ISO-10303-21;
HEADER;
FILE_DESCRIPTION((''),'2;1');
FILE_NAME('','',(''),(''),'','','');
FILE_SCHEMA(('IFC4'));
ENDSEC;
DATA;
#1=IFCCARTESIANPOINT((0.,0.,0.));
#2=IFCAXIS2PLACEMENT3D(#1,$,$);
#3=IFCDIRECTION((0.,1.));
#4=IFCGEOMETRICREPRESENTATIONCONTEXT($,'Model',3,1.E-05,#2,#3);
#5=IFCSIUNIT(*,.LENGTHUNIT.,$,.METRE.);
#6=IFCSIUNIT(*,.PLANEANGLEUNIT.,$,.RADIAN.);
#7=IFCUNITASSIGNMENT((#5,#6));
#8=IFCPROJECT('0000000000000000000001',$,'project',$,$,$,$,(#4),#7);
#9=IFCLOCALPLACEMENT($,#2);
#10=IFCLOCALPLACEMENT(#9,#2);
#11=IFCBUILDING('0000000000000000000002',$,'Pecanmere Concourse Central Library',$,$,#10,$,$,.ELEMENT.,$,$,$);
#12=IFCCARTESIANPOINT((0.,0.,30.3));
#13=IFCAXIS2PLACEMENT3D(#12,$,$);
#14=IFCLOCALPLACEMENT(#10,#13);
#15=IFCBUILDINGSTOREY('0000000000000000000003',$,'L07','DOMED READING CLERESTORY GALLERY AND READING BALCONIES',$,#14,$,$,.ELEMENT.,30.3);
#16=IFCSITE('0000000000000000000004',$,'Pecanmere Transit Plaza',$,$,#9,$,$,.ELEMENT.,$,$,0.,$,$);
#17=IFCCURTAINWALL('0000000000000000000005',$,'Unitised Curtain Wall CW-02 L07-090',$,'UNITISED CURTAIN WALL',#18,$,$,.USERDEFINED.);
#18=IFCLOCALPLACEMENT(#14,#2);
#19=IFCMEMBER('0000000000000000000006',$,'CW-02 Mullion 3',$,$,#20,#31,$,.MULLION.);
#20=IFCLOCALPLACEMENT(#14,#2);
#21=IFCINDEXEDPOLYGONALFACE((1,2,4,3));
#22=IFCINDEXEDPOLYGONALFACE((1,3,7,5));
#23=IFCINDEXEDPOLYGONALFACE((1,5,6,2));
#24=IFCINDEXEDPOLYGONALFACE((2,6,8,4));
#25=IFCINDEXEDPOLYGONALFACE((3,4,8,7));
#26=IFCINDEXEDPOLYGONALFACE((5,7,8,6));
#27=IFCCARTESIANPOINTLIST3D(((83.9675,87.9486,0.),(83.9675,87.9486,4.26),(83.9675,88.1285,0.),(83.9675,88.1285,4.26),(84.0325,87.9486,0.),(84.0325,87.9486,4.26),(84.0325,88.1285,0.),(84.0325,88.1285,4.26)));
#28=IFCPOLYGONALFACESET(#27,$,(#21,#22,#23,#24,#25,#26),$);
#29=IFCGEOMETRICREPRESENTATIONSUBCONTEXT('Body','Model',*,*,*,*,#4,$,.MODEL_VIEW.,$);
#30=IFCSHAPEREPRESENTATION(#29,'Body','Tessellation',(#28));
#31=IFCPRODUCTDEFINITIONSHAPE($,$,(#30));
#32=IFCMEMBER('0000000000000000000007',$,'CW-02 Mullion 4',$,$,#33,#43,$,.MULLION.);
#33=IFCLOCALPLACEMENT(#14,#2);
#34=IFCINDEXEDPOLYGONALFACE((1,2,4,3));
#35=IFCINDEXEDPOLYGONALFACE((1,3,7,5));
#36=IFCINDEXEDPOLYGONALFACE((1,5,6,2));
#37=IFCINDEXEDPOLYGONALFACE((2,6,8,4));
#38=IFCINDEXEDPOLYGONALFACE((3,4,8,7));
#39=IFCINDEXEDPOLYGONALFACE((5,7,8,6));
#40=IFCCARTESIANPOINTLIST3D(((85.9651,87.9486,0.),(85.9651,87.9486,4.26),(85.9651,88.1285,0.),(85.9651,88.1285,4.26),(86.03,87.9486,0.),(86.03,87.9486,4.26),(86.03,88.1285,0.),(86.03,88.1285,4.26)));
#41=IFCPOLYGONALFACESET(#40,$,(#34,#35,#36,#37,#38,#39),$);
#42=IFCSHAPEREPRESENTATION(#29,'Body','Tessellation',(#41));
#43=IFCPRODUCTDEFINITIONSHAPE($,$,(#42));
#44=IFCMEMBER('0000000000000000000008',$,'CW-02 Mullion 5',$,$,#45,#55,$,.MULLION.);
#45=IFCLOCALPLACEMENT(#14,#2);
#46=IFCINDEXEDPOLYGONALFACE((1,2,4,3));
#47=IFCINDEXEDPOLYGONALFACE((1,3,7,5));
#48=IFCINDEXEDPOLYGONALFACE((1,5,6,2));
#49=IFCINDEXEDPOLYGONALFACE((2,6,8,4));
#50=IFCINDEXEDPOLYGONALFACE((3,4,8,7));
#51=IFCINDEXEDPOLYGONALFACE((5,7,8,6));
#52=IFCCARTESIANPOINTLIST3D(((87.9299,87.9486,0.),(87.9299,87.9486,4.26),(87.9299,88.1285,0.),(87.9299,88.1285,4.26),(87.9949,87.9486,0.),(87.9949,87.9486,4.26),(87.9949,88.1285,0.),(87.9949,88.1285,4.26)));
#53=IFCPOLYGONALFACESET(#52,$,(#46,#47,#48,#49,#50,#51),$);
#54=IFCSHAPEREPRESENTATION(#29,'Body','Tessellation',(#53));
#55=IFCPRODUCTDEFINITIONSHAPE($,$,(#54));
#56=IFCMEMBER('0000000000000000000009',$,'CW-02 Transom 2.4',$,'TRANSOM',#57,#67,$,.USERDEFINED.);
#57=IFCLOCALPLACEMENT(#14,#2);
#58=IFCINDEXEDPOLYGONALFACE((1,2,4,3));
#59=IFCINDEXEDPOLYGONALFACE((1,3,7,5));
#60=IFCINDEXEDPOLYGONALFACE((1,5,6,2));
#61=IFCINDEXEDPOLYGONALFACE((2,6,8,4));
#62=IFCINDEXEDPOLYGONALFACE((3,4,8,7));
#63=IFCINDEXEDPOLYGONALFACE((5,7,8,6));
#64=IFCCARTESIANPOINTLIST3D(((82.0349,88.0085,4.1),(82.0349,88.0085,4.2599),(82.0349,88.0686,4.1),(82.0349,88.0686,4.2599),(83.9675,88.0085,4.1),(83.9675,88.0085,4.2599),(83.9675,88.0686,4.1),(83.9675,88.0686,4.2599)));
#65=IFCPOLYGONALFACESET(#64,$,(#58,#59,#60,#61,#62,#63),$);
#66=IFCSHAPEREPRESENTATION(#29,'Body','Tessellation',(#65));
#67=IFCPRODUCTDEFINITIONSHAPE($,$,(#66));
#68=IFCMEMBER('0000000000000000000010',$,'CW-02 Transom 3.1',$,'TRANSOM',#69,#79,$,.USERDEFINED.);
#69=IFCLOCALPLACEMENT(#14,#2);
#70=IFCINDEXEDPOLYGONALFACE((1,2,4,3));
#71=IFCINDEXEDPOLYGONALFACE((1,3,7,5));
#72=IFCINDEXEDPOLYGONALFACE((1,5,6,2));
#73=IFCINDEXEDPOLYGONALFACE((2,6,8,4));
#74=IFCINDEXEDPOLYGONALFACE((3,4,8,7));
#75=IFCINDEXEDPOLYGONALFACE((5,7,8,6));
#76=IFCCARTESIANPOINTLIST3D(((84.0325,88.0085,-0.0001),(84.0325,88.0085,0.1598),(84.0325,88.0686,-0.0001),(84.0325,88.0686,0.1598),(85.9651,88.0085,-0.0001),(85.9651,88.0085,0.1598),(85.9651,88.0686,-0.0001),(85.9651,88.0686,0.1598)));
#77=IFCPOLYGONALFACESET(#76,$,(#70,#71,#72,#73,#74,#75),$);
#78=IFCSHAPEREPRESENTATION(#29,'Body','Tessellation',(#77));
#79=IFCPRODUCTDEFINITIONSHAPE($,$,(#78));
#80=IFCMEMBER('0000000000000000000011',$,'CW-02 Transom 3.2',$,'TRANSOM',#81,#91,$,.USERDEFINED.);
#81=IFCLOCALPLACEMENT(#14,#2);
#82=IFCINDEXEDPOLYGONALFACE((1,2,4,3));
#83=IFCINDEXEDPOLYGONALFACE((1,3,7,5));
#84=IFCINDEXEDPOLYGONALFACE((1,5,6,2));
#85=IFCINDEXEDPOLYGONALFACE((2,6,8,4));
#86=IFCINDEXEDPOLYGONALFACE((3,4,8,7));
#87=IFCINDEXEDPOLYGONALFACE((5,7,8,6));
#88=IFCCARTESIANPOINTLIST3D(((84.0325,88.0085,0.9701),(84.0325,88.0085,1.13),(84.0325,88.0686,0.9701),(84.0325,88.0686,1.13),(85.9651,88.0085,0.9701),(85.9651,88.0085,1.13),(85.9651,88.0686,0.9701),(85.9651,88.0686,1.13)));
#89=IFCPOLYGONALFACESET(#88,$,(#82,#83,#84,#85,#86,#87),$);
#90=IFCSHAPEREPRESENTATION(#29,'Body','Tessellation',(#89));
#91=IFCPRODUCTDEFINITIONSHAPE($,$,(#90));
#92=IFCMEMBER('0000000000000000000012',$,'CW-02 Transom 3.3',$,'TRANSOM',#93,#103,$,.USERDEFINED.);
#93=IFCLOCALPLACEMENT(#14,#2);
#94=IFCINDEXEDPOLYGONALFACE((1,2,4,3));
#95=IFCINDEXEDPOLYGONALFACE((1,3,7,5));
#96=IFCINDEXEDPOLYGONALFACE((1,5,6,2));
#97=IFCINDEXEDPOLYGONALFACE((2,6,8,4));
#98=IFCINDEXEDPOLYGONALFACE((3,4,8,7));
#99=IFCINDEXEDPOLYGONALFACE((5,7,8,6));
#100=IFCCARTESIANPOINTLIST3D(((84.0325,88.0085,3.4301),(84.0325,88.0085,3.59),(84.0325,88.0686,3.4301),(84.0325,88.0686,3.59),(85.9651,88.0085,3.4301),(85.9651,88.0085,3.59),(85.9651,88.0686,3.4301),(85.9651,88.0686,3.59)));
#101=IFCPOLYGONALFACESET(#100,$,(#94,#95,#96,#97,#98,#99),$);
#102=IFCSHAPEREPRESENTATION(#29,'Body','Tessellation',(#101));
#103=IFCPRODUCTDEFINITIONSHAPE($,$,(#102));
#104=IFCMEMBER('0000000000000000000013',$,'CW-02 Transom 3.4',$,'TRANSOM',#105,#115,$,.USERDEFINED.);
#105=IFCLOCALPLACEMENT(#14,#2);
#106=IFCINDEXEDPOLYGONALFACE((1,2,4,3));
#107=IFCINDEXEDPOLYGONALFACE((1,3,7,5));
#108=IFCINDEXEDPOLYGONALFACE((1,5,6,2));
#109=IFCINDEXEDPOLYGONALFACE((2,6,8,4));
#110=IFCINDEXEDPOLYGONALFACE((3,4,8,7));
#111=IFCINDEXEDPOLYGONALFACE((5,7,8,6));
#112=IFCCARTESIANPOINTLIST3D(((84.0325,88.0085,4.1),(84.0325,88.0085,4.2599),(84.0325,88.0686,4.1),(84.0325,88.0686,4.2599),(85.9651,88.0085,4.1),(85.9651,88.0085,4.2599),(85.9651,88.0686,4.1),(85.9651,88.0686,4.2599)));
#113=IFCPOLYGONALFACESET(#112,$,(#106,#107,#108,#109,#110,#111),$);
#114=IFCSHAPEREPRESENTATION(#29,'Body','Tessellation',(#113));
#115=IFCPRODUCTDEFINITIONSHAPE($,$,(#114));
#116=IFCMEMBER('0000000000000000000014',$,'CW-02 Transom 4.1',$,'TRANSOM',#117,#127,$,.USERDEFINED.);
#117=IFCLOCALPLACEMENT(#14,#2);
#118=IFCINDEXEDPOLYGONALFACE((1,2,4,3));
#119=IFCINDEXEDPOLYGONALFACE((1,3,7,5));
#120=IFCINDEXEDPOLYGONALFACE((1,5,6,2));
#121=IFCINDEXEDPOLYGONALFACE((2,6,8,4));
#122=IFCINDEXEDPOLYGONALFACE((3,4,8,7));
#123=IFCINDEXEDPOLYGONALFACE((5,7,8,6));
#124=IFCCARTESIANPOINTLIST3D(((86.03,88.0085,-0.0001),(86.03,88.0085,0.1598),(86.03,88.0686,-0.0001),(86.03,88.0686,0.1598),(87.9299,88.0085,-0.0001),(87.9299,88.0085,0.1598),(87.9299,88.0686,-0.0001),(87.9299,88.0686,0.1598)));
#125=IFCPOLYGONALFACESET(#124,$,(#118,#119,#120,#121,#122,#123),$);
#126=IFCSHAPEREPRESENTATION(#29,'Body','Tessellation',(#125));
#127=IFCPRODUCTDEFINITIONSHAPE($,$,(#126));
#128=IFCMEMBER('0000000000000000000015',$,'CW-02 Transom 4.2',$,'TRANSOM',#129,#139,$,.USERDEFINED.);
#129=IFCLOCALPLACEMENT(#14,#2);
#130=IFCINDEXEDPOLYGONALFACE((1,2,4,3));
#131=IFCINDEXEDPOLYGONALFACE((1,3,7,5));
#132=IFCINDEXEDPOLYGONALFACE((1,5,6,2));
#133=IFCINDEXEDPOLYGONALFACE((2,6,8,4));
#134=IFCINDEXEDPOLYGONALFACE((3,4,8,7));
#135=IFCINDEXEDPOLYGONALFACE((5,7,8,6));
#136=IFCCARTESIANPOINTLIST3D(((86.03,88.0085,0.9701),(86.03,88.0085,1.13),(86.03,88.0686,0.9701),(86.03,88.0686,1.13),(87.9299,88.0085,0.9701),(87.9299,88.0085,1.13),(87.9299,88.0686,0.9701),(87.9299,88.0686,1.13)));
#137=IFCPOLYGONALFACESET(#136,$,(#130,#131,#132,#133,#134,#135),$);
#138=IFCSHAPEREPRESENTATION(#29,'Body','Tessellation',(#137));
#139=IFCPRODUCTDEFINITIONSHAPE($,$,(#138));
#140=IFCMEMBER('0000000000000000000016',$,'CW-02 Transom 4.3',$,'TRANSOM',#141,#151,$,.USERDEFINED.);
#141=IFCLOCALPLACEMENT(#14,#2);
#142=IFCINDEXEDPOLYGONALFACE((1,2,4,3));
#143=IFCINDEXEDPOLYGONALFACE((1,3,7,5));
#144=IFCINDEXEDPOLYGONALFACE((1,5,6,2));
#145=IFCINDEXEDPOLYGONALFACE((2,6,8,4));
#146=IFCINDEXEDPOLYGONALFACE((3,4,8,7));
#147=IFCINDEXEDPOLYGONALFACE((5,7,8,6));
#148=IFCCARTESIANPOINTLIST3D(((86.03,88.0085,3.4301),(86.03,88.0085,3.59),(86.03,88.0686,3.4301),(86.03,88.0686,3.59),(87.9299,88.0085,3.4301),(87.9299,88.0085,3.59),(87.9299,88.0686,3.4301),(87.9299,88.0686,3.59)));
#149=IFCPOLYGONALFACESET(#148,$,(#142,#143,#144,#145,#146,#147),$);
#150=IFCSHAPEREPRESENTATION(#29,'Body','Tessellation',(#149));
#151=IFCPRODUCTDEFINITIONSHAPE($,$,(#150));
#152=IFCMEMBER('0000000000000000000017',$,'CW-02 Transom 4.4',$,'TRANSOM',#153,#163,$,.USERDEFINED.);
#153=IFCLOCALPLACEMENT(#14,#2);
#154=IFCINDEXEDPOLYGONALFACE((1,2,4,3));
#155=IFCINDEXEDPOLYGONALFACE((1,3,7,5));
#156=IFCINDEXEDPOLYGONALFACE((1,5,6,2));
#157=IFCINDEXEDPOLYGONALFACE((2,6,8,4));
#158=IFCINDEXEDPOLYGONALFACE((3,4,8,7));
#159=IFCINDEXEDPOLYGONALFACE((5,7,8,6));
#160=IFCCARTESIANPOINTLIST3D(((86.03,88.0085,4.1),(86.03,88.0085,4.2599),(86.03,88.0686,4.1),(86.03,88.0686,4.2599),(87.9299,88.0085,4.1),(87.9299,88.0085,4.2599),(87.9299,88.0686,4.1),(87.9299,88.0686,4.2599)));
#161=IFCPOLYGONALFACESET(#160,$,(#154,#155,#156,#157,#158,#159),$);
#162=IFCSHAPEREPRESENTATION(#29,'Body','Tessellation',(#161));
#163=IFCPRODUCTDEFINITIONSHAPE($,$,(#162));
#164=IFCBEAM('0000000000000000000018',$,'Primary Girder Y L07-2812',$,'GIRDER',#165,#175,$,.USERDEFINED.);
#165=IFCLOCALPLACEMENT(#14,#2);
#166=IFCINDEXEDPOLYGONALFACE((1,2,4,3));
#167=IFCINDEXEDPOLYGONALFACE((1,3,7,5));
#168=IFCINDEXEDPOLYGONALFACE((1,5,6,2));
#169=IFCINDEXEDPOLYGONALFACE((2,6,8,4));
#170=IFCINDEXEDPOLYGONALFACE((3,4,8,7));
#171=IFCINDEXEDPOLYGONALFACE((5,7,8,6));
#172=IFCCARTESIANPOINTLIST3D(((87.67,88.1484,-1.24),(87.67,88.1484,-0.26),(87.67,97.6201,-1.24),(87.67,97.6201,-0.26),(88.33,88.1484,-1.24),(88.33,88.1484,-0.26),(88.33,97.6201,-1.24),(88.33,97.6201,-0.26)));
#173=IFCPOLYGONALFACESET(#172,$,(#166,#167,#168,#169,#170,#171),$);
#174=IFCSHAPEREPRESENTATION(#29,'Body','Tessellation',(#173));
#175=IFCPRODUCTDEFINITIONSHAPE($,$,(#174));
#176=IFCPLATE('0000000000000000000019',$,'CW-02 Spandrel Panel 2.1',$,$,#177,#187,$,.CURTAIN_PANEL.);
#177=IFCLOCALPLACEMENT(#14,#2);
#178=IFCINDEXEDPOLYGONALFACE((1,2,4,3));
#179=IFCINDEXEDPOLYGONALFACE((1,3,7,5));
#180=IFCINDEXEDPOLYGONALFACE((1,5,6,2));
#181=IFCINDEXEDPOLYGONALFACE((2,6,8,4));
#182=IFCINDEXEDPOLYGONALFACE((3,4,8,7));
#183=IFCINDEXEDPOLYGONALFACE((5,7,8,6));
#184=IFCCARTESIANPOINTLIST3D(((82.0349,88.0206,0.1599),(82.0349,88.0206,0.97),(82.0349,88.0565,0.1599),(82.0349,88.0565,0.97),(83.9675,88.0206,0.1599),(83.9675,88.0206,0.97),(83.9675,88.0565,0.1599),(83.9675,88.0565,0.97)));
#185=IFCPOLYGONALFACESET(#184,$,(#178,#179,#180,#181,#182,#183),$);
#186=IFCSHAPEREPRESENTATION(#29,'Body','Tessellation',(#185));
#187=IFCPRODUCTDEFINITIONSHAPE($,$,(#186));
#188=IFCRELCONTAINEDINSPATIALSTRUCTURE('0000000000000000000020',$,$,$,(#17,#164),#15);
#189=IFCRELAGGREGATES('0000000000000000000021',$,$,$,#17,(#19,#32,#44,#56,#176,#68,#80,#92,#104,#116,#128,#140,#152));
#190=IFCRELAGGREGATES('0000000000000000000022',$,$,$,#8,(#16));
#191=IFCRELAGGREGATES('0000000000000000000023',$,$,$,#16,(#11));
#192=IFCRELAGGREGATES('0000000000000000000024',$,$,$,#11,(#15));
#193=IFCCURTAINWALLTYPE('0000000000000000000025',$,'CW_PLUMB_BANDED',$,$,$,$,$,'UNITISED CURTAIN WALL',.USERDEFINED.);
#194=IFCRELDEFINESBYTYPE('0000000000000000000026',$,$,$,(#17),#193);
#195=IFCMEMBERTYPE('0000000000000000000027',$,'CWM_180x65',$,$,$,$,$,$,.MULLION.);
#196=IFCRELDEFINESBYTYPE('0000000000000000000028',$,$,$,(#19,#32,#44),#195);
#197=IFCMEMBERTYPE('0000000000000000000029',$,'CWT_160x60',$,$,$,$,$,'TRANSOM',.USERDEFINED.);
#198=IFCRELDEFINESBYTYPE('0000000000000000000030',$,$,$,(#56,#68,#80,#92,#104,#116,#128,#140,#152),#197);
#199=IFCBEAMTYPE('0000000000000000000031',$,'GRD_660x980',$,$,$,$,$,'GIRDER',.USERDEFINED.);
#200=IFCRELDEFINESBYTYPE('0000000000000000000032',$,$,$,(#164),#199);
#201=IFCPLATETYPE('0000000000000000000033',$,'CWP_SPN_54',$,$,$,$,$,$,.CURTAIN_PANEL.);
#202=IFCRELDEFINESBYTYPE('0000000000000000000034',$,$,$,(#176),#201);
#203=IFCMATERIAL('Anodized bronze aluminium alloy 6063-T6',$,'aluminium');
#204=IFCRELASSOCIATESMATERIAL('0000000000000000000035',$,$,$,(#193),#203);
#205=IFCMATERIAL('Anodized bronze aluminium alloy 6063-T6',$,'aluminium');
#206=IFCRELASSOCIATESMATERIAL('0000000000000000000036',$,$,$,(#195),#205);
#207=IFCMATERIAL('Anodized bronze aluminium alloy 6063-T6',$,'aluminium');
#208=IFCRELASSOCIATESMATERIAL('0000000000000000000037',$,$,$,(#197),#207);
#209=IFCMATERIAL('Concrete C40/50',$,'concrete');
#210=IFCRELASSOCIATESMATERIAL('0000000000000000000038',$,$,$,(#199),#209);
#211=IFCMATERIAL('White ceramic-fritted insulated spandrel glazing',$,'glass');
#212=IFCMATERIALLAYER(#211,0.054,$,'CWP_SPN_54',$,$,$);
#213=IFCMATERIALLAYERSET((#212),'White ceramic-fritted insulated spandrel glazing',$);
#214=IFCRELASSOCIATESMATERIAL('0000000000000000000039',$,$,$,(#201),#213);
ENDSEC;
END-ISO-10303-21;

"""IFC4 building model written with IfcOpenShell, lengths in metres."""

from ifc_helpers import new_model, si_unit, direction, frame, origin, origin_2d, place, context, subcontext, project, spatial, rectangle, extrude, material, layer, layer_set, material_profile, profile_set, type_object, element, aggregate, save


model = new_model("IFC4")

# Units and contexts
model_context = context("Model", 3, precision=1e-05, world=origin(), true_north=direction((0.0, 1.0)))
body_context = subcontext(model_context, "Body", "Model", "MODEL_VIEW")
ifc_project = project(units=[si_unit("LENGTHUNIT", "METRE"), si_unit("PLANEANGLEUNIT", "RADIAN")], contexts=[model_context])

# Site, building, storey
site_placement = place(None, origin())
site = spatial("IfcSite", under=ifc_project, at=site_placement, Name="Pecanmere Transit Plaza", CompositionType="ELEMENT", RefElevation=0.0)
building_placement = place(site_placement, origin())
building = spatial("IfcBuilding", under=site, at=building_placement, Name="Pecanmere Concourse Central Library", CompositionType="ELEMENT")
storey_placement = place(building_placement, frame((0.0, 0.0, 30.3)))
storey = spatial("IfcBuildingStorey", under=building, at=storey_placement, Name="L07", Description="DOMED READING CLERESTORY GALLERY AND READING BALCONIES", CompositionType="ELEMENT", Elevation=30.3)

# Curtain wall, members
ifc_material_1 = material(Name="Anodized bronze aluminium alloy 6063-T6", Category="aluminium")
curtain_wall_type = type_object("IfcCurtainWallType", Name="CW_PLUMB_BANDED", ElementType="UNITISED CURTAIN WALL", PredefinedType="USERDEFINED", material=ifc_material_1)
curtain_wall_placement = place(storey_placement, origin())
curtain_wall = element("IfcCurtainWall", 1, at=curtain_wall_placement, inside=storey, type_object=curtain_wall_type, Name="Unitised Curtain Wall CW-02 L07-090", ObjectType="UNITISED CURTAIN WALL", PredefinedType="USERDEFINED")
ifc_material_2 = material(Name="Anodized bronze aluminium alloy 6063-T6", Category="aluminium")
ifc_material_profile_1 = material_profile(ifc_material_2, rectangle(XDim=0.0649, YDim=0.1799, at=origin_2d()), Name="AL 65x180")
ifc_profile_set_1 = profile_set([ifc_material_profile_1], Name="Anodized bronze aluminium alloy 6063-T6")
member_type_1 = type_object("IfcMemberType", Name="CWM_180x65", PredefinedType="MULLION", material=ifc_profile_set_1)
member_1_placement = place(storey_placement, frame((84.0, 88.0386, 0.0), z_axis=(0.0, 0.0, 1.0), x_axis=(1.0, 0.0, 0.0)))
member_1 = element("IfcMember", 2, at=member_1_placement, type_object=member_type_1, Name="CW-02 Mullion 3", PredefinedType="MULLION", context=body_context, shape_type="SweptSolid", body=[
    extrude(rectangle(XDim=0.0649, YDim=0.1799, at=origin_2d()), origin(), (0.0, 0.0, 1.0), 4.26),
])
member_2_placement = place(storey_placement, frame((85.9976, 88.0386, 0.0), z_axis=(0.0, 0.0, 1.0), x_axis=(1.0, 0.0, 0.0)))
member_2 = element("IfcMember", 3, at=member_2_placement, type_object=member_type_1, Name="CW-02 Mullion 4", PredefinedType="MULLION", context=body_context, shape_type="SweptSolid", body=[
    extrude(rectangle(XDim=0.0649, YDim=0.1799, at=origin_2d()), origin(), (0.0, 0.0, 1.0), 4.26),
])
member_3_placement = place(storey_placement, frame((87.9624, 88.0386, 0.0), z_axis=(0.0, 0.0, 1.0), x_axis=(1.0, 0.0, 0.0)))
member_3 = element("IfcMember", 4, at=member_3_placement, type_object=member_type_1, Name="CW-02 Mullion 5", PredefinedType="MULLION", context=body_context, shape_type="SweptSolid", body=[
    extrude(rectangle(XDim=0.0649, YDim=0.1799, at=origin_2d()), origin(), (0.0, 0.0, 1.0), 4.26),
])
ifc_material_3 = material(Name="Anodized bronze aluminium alloy 6063-T6", Category="aluminium")
ifc_material_profile_2 = material_profile(ifc_material_3, rectangle(XDim=0.0601, YDim=0.1599, at=origin_2d()), Name="AL 60x160")
ifc_profile_set_2 = profile_set([ifc_material_profile_2], Name="Anodized bronze aluminium alloy 6063-T6")
member_type_2 = type_object("IfcMemberType", Name="CWT_160x60", ElementType="TRANSOM", PredefinedType="USERDEFINED", material=ifc_profile_set_2)
member_4_placement = place(storey_placement, frame((82.0349, 88.0386, 4.1799), z_axis=(1.0, 0.0, 0.0), x_axis=(0.0, 1.0, 0.0)))
member_4 = element("IfcMember", 5, at=member_4_placement, type_object=member_type_2, Name="CW-02 Transom 2.4", ObjectType="TRANSOM", PredefinedType="USERDEFINED", context=body_context, shape_type="SweptSolid", body=[
    extrude(rectangle(XDim=0.0601, YDim=0.1599, at=origin_2d()), origin(), (0.0, 0.0, 1.0), 1.9326),
])
member_5_placement = place(storey_placement, frame((84.0325, 88.0386, 0.0798), z_axis=(1.0, 0.0, 0.0), x_axis=(0.0, 1.0, 0.0)))
member_5 = element("IfcMember", 6, at=member_5_placement, type_object=member_type_2, Name="CW-02 Transom 3.1", ObjectType="TRANSOM", PredefinedType="USERDEFINED", context=body_context, shape_type="SweptSolid", body=[
    extrude(rectangle(XDim=0.0601, YDim=0.1599, at=origin_2d()), origin(), (0.0, 0.0, 1.0), 1.9326),
])
member_6_placement = place(storey_placement, frame((84.0325, 88.0386, 1.05), z_axis=(1.0, 0.0, 0.0), x_axis=(0.0, 1.0, 0.0)))
member_6 = element("IfcMember", 7, at=member_6_placement, type_object=member_type_2, Name="CW-02 Transom 3.2", ObjectType="TRANSOM", PredefinedType="USERDEFINED", context=body_context, shape_type="SweptSolid", body=[
    extrude(rectangle(XDim=0.0601, YDim=0.1599, at=origin_2d()), origin(), (0.0, 0.0, 1.0), 1.9326),
])
member_7_placement = place(storey_placement, frame((84.0325, 88.0386, 3.51), z_axis=(1.0, 0.0, 0.0), x_axis=(0.0, 1.0, 0.0)))
member_7 = element("IfcMember", 8, at=member_7_placement, type_object=member_type_2, Name="CW-02 Transom 3.3", ObjectType="TRANSOM", PredefinedType="USERDEFINED", context=body_context, shape_type="SweptSolid", body=[
    extrude(rectangle(XDim=0.0601, YDim=0.1599, at=origin_2d()), origin(), (0.0, 0.0, 1.0), 1.9326),
])
member_8_placement = place(storey_placement, frame((84.0325, 88.0386, 4.1799), z_axis=(1.0, 0.0, 0.0), x_axis=(0.0, 1.0, 0.0)))
member_8 = element("IfcMember", 9, at=member_8_placement, type_object=member_type_2, Name="CW-02 Transom 3.4", ObjectType="TRANSOM", PredefinedType="USERDEFINED", context=body_context, shape_type="SweptSolid", body=[
    extrude(rectangle(XDim=0.0601, YDim=0.1599, at=origin_2d()), origin(), (0.0, 0.0, 1.0), 1.9326),
])
member_9_placement = place(storey_placement, frame((86.03, 88.0386, 0.0798), z_axis=(1.0, 0.0, 0.0), x_axis=(0.0, 1.0, 0.0)))
member_9 = element("IfcMember", 10, at=member_9_placement, type_object=member_type_2, Name="CW-02 Transom 4.1", ObjectType="TRANSOM", PredefinedType="USERDEFINED", context=body_context, shape_type="SweptSolid", body=[
    extrude(rectangle(XDim=0.0601, YDim=0.1599, at=origin_2d()), origin(), (0.0, 0.0, 1.0), 1.8999),
])
member_10_placement = place(storey_placement, frame((86.03, 88.0386, 1.05), z_axis=(1.0, 0.0, 0.0), x_axis=(0.0, 1.0, 0.0)))
member_10 = element("IfcMember", 11, at=member_10_placement, type_object=member_type_2, Name="CW-02 Transom 4.2", ObjectType="TRANSOM", PredefinedType="USERDEFINED", context=body_context, shape_type="SweptSolid", body=[
    extrude(rectangle(XDim=0.0601, YDim=0.1599, at=origin_2d()), origin(), (0.0, 0.0, 1.0), 1.8999),
])
member_11_placement = place(storey_placement, frame((86.03, 88.0386, 3.51), z_axis=(1.0, 0.0, 0.0), x_axis=(0.0, 1.0, 0.0)))
member_11 = element("IfcMember", 12, at=member_11_placement, type_object=member_type_2, Name="CW-02 Transom 4.3", ObjectType="TRANSOM", PredefinedType="USERDEFINED", context=body_context, shape_type="SweptSolid", body=[
    extrude(rectangle(XDim=0.0601, YDim=0.1599, at=origin_2d()), origin(), (0.0, 0.0, 1.0), 1.8999),
])
member_12_placement = place(storey_placement, frame((86.03, 88.0386, 4.1799), z_axis=(1.0, 0.0, 0.0), x_axis=(0.0, 1.0, 0.0)))
member_12 = element("IfcMember", 13, at=member_12_placement, type_object=member_type_2, Name="CW-02 Transom 4.4", ObjectType="TRANSOM", PredefinedType="USERDEFINED", context=body_context, shape_type="SweptSolid", body=[
    extrude(rectangle(XDim=0.0601, YDim=0.1599, at=origin_2d()), origin(), (0.0, 0.0, 1.0), 1.8999),
])

# Beam
ifc_material_4 = material(Name="Concrete C40/50", Category="concrete")
ifc_material_profile_3 = material_profile(ifc_material_4, rectangle(XDim=0.6599, YDim=0.98, at=origin_2d()), Name="RC 660x980")
ifc_profile_set_3 = profile_set([ifc_material_profile_3], Name="Concrete C40/50")
beam_type = type_object("IfcBeamType", Name="GRD_660x980", ElementType="GIRDER", PredefinedType="USERDEFINED", material=ifc_profile_set_3)
beam_placement = place(storey_placement, frame((88.0, 88.1484, -0.75), z_axis=(0.0, 1.0, 0.0), x_axis=(-1.0, 0.0, 0.0)))
element("IfcBeam", 14, at=beam_placement, inside=storey, type_object=beam_type, Name="Primary Girder Y L07-2812", ObjectType="GIRDER", PredefinedType="USERDEFINED", context=body_context, shape_type="SweptSolid", body=[
    extrude(rectangle(XDim=0.6599, YDim=0.98, at=origin_2d()), origin(), (0.0, 0.0, 1.0), 9.4717),
])

# Plate
ifc_material_5 = material(Name="White ceramic-fritted insulated spandrel glazing", Category="glass")
ifc_layer_1 = layer(ifc_material_5, 0.054, Name="CWP_SPN_54")
ifc_layer_set_1 = layer_set([ifc_layer_1], Name="White ceramic-fritted insulated spandrel glazing")
plate_type_1 = type_object("IfcPlateType", Name="CWP_SPN_54", PredefinedType="CURTAIN_PANEL", material=ifc_layer_set_1)
plate_1_placement = place(storey_placement, frame((83.0012, 88.0386, 0.1599), z_axis=(0.0, 0.0, 1.0), x_axis=(1.0, 0.0, 0.0)))
plate_1 = element("IfcPlate", 15, at=plate_1_placement, type_object=plate_type_1, Name="CW-02 Spandrel Panel 2.1", PredefinedType="CURTAIN_PANEL", context=body_context, shape_type="SweptSolid", body=[
    extrude(rectangle(XDim=1.9326, YDim=0.0359, at=origin_2d()), origin(), (0.0, 0.0, 1.0), 0.8101),
])
aggregate(curtain_wall, [member_1, member_2, member_3, member_4, plate_1, member_5, member_6, member_7, member_8, member_9, member_10, member_11, member_12])

save(model, "model.ifc")
